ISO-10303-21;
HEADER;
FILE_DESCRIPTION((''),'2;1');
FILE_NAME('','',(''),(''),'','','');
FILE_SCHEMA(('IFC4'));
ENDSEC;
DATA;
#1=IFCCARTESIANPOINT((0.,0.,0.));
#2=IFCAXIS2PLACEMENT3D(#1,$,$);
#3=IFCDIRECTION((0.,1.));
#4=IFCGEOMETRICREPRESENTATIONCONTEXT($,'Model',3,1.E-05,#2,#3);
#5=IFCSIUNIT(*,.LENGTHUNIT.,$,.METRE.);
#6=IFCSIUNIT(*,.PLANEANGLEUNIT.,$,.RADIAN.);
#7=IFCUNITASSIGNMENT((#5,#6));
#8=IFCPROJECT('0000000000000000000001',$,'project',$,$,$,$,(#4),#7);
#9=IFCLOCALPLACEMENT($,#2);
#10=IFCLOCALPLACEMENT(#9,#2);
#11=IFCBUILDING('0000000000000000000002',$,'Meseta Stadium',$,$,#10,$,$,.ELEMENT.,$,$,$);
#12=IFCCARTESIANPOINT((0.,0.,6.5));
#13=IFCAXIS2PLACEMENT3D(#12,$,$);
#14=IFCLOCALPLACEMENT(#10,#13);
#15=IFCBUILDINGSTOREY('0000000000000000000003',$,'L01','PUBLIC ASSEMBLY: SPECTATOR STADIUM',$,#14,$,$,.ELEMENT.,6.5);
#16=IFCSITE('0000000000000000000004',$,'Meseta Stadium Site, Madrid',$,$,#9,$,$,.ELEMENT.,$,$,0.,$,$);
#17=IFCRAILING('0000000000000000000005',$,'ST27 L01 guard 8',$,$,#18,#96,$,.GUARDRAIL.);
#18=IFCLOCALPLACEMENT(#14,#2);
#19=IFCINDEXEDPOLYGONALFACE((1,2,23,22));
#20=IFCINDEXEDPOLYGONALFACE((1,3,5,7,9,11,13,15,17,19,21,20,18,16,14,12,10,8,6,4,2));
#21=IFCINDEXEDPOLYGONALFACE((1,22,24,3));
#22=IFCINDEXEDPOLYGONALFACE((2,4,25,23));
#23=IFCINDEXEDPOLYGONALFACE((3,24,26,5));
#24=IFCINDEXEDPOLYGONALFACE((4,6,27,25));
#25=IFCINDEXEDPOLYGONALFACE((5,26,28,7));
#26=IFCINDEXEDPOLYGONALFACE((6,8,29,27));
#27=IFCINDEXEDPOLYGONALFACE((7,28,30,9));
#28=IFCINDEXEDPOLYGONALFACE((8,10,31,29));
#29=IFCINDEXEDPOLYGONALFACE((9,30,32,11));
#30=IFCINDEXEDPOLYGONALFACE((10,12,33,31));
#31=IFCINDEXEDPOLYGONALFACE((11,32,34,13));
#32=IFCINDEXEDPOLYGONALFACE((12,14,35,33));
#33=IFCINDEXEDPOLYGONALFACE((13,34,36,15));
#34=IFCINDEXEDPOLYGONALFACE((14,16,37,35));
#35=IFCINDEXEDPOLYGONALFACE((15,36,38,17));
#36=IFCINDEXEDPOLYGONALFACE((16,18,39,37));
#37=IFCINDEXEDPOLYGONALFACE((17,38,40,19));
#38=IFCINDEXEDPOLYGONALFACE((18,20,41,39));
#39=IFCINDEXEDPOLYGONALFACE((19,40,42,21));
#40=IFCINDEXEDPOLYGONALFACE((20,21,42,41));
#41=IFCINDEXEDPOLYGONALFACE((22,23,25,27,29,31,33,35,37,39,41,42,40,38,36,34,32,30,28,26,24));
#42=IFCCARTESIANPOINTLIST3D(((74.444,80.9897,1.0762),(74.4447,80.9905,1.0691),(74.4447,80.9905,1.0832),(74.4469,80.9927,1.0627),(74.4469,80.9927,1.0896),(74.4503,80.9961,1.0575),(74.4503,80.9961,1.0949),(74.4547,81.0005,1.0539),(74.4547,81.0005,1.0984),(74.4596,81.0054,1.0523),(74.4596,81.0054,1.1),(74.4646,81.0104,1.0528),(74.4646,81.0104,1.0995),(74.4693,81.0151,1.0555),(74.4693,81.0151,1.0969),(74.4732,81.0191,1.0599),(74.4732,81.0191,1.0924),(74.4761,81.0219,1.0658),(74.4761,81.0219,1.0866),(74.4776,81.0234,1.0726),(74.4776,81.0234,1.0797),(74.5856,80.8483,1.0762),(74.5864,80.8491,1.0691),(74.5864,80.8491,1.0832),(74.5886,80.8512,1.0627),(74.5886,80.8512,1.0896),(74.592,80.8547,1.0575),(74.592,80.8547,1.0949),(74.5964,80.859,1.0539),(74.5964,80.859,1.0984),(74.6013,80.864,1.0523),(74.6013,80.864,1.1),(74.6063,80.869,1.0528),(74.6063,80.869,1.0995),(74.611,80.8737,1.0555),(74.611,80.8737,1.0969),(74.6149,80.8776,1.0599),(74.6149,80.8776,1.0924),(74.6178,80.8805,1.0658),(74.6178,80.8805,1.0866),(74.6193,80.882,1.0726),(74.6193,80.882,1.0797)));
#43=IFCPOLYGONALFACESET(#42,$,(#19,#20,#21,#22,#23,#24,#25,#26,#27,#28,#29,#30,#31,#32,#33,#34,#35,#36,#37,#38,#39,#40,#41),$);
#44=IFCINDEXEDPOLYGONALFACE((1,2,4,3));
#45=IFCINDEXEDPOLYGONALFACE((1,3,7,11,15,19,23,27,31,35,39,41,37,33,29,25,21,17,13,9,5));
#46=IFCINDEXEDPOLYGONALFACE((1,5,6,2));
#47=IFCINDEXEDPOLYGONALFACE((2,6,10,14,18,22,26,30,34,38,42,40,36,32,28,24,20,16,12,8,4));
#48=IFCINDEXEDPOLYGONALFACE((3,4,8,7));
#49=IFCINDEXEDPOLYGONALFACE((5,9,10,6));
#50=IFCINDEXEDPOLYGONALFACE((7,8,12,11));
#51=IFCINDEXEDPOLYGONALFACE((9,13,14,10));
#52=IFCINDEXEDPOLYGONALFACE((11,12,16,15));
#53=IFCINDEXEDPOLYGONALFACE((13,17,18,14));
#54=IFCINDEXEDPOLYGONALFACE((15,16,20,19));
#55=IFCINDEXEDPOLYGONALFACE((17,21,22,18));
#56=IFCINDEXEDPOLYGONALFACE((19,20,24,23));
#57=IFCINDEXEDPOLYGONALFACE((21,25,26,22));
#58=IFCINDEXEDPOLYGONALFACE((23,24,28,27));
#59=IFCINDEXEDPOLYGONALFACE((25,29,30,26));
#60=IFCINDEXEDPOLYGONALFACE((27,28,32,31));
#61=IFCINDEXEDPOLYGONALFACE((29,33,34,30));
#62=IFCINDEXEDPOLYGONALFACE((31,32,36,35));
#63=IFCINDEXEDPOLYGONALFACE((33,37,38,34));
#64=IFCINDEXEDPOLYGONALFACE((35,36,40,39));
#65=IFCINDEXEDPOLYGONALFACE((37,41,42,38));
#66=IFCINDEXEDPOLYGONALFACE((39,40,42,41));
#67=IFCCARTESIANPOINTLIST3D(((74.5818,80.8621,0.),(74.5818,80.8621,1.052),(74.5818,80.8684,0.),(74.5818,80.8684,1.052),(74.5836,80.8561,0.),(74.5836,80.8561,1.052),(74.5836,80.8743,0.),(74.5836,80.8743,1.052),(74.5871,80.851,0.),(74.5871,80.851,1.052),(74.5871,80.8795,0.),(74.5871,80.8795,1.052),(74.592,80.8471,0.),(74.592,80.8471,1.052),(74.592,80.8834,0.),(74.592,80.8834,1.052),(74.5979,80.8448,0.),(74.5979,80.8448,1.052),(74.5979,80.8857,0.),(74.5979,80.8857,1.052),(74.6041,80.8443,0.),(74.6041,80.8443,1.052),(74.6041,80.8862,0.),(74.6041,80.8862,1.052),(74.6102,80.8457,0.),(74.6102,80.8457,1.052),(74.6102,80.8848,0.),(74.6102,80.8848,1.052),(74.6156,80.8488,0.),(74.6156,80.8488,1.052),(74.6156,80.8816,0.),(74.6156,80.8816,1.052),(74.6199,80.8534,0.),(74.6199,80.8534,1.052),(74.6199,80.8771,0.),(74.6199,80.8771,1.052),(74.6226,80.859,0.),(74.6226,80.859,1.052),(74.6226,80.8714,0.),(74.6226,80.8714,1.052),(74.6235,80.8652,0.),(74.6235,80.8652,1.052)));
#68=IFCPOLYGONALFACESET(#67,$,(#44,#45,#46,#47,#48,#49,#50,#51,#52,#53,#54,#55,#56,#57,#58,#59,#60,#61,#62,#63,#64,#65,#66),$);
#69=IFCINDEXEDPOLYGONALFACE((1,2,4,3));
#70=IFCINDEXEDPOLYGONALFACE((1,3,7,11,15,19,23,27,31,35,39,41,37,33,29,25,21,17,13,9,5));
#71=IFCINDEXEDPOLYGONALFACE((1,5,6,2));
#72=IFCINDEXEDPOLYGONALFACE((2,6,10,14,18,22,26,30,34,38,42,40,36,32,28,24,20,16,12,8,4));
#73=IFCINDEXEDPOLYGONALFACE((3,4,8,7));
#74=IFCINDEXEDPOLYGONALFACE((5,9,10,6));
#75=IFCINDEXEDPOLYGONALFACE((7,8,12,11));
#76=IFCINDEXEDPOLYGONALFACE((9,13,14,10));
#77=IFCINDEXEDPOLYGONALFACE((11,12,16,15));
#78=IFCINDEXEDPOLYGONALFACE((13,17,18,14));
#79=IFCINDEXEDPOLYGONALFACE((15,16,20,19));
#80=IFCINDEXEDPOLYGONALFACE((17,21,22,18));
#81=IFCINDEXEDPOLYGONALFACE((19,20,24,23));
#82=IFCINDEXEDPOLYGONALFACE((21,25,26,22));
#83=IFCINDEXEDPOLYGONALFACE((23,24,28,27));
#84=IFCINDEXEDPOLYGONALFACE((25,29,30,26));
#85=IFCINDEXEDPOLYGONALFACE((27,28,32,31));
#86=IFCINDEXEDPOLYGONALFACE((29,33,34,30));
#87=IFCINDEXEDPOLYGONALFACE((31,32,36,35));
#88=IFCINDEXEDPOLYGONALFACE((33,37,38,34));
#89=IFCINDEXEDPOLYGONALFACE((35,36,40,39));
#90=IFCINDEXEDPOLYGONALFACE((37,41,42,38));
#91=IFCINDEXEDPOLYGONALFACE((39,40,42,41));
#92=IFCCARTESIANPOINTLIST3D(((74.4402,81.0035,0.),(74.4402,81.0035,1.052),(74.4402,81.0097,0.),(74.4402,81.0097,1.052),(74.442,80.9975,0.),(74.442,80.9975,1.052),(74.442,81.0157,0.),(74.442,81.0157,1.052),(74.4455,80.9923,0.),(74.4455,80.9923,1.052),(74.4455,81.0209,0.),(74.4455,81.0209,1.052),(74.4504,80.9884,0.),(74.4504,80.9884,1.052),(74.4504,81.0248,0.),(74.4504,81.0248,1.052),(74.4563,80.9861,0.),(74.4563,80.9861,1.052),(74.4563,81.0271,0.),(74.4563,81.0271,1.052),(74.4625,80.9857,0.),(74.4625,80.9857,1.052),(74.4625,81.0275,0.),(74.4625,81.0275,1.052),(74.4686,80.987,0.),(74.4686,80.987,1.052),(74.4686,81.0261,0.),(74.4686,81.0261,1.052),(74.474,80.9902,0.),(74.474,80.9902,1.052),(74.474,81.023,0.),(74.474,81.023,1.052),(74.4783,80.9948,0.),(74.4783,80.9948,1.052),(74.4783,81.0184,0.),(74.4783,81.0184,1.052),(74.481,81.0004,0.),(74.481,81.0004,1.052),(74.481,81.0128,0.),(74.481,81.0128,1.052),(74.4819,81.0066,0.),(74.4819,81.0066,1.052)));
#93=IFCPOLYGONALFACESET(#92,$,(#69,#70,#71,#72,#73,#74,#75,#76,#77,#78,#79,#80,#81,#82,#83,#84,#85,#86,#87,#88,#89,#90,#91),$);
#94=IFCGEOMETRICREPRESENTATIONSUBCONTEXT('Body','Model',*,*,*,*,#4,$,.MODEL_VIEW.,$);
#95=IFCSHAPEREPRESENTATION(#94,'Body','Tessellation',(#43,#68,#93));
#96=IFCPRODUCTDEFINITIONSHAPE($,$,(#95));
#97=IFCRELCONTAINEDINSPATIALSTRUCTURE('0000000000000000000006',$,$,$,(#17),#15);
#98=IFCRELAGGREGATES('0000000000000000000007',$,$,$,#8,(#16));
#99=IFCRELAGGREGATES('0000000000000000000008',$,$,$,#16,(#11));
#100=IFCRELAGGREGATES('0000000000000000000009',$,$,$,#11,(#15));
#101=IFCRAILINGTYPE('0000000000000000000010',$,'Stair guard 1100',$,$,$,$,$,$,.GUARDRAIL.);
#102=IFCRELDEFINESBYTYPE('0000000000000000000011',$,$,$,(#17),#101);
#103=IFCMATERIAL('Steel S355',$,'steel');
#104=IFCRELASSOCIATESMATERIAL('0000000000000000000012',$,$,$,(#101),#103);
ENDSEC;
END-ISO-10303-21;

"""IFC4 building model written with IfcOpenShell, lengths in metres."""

from ifc_helpers import new_model, si_unit, direction, frame, origin, origin_2d, place, context, subcontext, project, spatial, circle, extrude, material, type_object, element, save


model = new_model("IFC4")

# Units and contexts
model_context = context("Model", 3, precision=1e-05, world=origin(), true_north=direction((0.0, 1.0)))
body_context = subcontext(model_context, "Body", "Model", "MODEL_VIEW")
ifc_project = project(units=[si_unit("LENGTHUNIT", "METRE"), si_unit("PLANEANGLEUNIT", "RADIAN")], contexts=[model_context])

# Site, building, storey
site_placement = place(None, origin())
site = spatial("IfcSite", under=ifc_project, at=site_placement, Name="Meseta Stadium Site, Madrid", CompositionType="ELEMENT", RefElevation=0.0)
building_placement = place(site_placement, origin())
building = spatial("IfcBuilding", under=site, at=building_placement, Name="Meseta Stadium", CompositionType="ELEMENT")
storey_placement = place(building_placement, frame((0.0, 0.0, 6.5)))
storey = spatial("IfcBuildingStorey", under=building, at=storey_placement, Name="L01", Description="PUBLIC ASSEMBLY: SPECTATOR STADIUM", CompositionType="ELEMENT", Elevation=6.5)

# Railing
ifc_material_1 = material(Name="Steel S355", Category="steel")
railing_type_1 = type_object("IfcRailingType", Name="Stair guard 1100", PredefinedType="GUARDRAIL", material=ifc_material_1)
railing_1_placement = place(storey_placement, frame((74.6025, 80.8652, 0.0)))
element("IfcRailing", 1, at=railing_1_placement, inside=storey, type_object=railing_type_1, Name="ST27 L01 guard 8", PredefinedType="GUARDRAIL", context=body_context, shape_type="SweptSolid", body=[
    extrude(circle(Radius=0.0239, at=origin_2d()), frame((0.0, 0.0, 1.0762), z_axis=(-0.707717, 0.706496, 0.0), x_axis=(-0.706496, -0.707717, 0.0)), (0.0, 0.0, 1.0), 0.2002),
    extrude(circle(Radius=0.021, at=origin_2d()), origin(), (0.0, 0.0, 1.0), 1.052),
    extrude(circle(Radius=0.021, at=origin_2d()), frame((-0.1416, 0.1414, 0.0)), (0.0, 0.0, 1.0), 1.052),
])

save(model, "model.ifc")
